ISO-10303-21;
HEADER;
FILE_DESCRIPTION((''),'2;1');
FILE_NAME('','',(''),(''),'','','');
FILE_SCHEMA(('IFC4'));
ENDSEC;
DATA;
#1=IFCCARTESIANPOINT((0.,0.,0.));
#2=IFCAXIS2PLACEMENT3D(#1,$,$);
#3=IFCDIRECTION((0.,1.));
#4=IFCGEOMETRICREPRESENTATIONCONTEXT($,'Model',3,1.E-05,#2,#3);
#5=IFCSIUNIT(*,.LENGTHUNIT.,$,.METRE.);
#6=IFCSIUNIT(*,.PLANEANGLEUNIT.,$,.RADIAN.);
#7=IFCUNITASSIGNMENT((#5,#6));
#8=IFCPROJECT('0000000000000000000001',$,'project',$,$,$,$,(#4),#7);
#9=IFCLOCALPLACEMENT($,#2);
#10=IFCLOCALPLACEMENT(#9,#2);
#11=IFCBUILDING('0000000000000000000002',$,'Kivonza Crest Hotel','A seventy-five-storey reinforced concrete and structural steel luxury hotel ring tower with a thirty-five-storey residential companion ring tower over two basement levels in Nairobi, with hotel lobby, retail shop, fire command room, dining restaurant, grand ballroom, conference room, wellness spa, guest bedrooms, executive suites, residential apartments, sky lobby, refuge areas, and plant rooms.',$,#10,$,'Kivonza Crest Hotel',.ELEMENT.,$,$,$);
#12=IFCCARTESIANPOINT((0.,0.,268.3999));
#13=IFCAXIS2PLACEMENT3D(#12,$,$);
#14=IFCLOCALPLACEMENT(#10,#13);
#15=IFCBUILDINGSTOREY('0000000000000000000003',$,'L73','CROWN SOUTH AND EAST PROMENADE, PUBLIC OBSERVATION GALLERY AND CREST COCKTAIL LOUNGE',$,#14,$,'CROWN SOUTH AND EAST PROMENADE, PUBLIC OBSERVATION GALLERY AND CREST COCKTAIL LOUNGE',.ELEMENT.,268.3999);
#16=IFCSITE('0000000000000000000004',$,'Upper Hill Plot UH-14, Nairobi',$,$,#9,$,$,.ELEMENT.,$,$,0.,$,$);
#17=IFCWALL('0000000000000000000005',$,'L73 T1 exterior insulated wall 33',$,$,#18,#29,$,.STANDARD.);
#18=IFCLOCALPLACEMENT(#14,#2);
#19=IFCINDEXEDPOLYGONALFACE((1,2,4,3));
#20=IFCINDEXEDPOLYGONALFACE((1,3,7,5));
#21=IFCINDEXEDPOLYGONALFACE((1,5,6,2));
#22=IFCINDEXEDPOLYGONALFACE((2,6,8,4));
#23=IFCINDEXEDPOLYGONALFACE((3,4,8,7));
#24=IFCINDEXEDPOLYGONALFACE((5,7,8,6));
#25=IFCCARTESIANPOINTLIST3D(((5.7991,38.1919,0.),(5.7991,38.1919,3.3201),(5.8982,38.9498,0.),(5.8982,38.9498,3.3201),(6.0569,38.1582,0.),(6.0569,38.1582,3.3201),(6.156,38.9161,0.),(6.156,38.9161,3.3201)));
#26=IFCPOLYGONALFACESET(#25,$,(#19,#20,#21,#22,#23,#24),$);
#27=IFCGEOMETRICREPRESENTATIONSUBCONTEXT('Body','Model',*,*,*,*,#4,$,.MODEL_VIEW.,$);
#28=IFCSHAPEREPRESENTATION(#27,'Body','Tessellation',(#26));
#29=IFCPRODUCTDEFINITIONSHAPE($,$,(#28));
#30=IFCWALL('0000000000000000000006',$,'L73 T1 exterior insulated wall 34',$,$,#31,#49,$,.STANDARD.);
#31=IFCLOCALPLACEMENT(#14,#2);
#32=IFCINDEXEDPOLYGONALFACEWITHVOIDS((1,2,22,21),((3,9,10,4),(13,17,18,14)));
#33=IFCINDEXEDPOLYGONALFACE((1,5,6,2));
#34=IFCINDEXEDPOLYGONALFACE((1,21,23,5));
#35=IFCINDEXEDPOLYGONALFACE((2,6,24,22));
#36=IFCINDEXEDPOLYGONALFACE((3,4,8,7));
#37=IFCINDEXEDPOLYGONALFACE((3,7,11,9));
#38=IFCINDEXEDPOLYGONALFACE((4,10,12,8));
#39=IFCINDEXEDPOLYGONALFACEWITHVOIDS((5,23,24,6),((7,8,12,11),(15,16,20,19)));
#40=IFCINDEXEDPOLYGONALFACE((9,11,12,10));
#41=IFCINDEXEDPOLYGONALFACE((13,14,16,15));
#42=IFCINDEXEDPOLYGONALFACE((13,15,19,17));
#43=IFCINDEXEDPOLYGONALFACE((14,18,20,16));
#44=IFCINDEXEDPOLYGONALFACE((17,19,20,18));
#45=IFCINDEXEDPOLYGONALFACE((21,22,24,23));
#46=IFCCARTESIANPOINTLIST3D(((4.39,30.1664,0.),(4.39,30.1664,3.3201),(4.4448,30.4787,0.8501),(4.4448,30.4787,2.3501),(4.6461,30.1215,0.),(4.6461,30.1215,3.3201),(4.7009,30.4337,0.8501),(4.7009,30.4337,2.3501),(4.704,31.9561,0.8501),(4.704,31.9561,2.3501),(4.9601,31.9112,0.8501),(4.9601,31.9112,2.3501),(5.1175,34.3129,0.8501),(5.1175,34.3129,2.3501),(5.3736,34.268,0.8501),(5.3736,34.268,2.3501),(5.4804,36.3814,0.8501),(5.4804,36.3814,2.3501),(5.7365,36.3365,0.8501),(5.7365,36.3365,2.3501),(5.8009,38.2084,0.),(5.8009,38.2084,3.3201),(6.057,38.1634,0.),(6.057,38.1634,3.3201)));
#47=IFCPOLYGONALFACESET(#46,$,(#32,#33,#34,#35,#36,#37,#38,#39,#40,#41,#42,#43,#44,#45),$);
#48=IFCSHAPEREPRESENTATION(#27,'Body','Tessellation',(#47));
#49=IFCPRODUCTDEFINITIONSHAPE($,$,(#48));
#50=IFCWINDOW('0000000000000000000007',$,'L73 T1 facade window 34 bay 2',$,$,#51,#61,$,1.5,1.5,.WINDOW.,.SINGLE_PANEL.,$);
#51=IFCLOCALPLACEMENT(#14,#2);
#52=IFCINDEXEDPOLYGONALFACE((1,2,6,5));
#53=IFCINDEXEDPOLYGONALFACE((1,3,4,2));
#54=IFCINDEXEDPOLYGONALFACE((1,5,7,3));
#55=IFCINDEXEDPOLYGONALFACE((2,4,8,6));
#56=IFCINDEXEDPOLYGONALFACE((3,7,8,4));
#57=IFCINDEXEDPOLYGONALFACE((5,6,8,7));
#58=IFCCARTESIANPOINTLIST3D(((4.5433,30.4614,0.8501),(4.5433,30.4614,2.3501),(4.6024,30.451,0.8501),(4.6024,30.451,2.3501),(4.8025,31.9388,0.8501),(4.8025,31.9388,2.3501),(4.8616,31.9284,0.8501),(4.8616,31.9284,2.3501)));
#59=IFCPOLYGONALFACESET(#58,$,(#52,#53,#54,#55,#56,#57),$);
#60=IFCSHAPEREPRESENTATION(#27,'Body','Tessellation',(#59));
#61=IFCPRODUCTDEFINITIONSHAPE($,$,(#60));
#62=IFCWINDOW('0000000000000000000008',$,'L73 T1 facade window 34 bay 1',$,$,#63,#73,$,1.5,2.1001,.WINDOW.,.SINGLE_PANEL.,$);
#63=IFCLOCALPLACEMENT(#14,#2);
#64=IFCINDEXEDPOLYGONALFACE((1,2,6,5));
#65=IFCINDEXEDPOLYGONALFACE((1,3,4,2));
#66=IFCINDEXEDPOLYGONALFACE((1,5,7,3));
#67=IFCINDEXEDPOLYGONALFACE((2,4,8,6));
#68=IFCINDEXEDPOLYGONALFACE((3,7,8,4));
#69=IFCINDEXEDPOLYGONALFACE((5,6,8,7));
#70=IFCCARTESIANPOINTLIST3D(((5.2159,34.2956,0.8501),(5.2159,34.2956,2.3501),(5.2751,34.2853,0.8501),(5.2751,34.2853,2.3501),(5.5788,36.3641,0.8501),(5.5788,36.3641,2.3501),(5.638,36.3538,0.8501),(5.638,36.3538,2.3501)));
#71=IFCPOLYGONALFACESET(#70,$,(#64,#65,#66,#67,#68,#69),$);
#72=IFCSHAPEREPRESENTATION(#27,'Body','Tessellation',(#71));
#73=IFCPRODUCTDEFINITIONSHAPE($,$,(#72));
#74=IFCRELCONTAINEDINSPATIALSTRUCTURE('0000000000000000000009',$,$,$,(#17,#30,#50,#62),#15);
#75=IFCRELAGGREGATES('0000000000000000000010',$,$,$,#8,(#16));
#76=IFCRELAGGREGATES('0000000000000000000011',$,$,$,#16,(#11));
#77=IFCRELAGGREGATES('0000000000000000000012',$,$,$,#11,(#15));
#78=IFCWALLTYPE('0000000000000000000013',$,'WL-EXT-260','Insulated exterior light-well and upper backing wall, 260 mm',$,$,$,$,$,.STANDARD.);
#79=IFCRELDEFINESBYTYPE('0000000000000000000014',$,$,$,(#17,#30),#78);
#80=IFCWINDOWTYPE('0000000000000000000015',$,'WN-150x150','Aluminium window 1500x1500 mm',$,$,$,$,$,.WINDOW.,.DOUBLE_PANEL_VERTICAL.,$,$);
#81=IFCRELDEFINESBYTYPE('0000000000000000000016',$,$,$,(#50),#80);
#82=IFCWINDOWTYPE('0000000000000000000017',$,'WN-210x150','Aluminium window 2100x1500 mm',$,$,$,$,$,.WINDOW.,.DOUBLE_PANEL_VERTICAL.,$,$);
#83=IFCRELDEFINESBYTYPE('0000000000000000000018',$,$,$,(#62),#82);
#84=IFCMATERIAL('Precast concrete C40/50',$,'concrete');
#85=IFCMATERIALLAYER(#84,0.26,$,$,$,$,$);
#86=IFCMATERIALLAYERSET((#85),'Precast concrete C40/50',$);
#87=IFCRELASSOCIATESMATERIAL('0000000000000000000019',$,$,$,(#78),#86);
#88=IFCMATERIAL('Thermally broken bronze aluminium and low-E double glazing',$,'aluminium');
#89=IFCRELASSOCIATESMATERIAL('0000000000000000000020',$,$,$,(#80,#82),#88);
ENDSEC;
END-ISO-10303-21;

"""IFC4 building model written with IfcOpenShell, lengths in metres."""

from ifc_helpers import new_model, si_unit, direction, frame, frame_2d, origin, place, context, subcontext, project, spatial, rectangle, extrude, material, layer, layer_set, type_object, element, fill, save


model = new_model("IFC4")

# Units and contexts
model_context = context("Model", 3, precision=1e-05, world=origin(), true_north=direction((0.0, 1.0)))
body_context = subcontext(model_context, "Body", "Model", "MODEL_VIEW")
ifc_project = project(units=[si_unit("LENGTHUNIT", "METRE"), si_unit("PLANEANGLEUNIT", "RADIAN")], contexts=[model_context])

# Site, building, storey
site_placement = place(None, origin())
site = spatial("IfcSite", under=ifc_project, at=site_placement, Name="Upper Hill Plot UH-14, Nairobi", CompositionType="ELEMENT", RefElevation=0.0)
building_placement = place(site_placement, origin())
building = spatial("IfcBuilding", under=site, at=building_placement, Name="Kivonza Crest Hotel", Description="A seventy-five-storey reinforced concrete and structural steel luxury hotel ring tower with a thirty-five-storey residential companion ring tower over two basement levels in Nairobi, with hotel lobby, retail shop, fire command room, dining restaurant, grand ballroom, conference room, wellness spa, guest bedrooms, executive suites, residential apartments, sky lobby, refuge areas, and plant rooms.", LongName="Kivonza Crest Hotel", CompositionType="ELEMENT")
storey_placement = place(building_placement, frame((0.0, 0.0, 268.3999)))
storey = spatial("IfcBuildingStorey", under=building, at=storey_placement, Name="L73", Description="CROWN SOUTH AND EAST PROMENADE, PUBLIC OBSERVATION GALLERY AND CREST COCKTAIL LOUNGE", LongName="CROWN SOUTH AND EAST PROMENADE, PUBLIC OBSERVATION GALLERY AND CREST COCKTAIL LOUNGE", CompositionType="ELEMENT", Elevation=268.3999)

# Wall
ifc_material_1 = material(Name="Precast concrete C40/50", Category="concrete")
ifc_layer_1 = layer(ifc_material_1, 0.26)
ifc_layer_set_1 = layer_set([ifc_layer_1], Name="Precast concrete C40/50")
wall_type_1 = type_object("IfcWallType", Name="WL-EXT-260", Description="Insulated exterior light-well and upper backing wall, 260 mm", PredefinedType="STANDARD", material=ifc_layer_set_1)
wall_1_placement = place(storey_placement, frame((6.0271, 38.9331, 0.0), z_axis=(0.0, 0.0, 1.0), x_axis=(-0.129653, -0.991559, 0.0)))
element("IfcWall", 1, at=wall_1_placement, inside=storey, type_object=wall_type_1, Name="L73 T1 exterior insulated wall 33", PredefinedType="STANDARD", context=body_context, shape_type="SweptSolid", body=[
    extrude(rectangle(XDim=0.7644, YDim=0.26, at=frame_2d((0.3823, 0.0))), origin(), (0.0, 0.0, 1.0), 3.3201),
])

# Wall, openings, windows
wall_2_placement = place(storey_placement, frame((5.929, 38.186, 0.0), z_axis=(0.0, 0.0, 1.0), x_axis=(-0.172801, -0.984957, 0.0)))
wall_2 = element("IfcWall", 2, at=wall_2_placement, inside=storey, type_object=wall_type_1, Name="L73 T1 exterior insulated wall 34", PredefinedType="STANDARD", context=body_context, shape_type="SweptSolid", body=[
    extrude(rectangle(XDim=8.1648, YDim=0.26, at=frame_2d((4.0825, 0.0))), origin(), (0.0, 0.0, 1.0), 3.3201),
])
opening_1_placement = place(wall_2_placement, frame((1.855, 0.0, 0.8501)))
opening_1 = element("IfcOpeningElement", 3, at=opening_1_placement, cuts=wall_2, PredefinedType="OPENING", context=body_context, shape_type="SweptSolid", body=[
    extrude(rectangle(XDim=2.1001, YDim=1.5, at=frame_2d((1.05, 0.75))), frame((0.0, 0.1401, 0.0), z_axis=(0.0, -1.0, 0.0), x_axis=(1.0, 0.0, 0.0)), (0.0, 0.0, 1.0), 0.28),
])
opening_2_placement = place(wall_2_placement, frame((6.3479, 0.0, 0.8501)))
opening_2 = element("IfcOpeningElement", 4, at=opening_2_placement, cuts=wall_2, PredefinedType="OPENING", context=body_context, shape_type="SweptSolid", body=[
    extrude(rectangle(XDim=1.5, YDim=1.5, at=frame_2d((0.75, 0.75))), frame((0.0, 0.1401, 0.0), z_axis=(0.0, -1.0, 0.0), x_axis=(1.0, 0.0, 0.0)), (0.0, 0.0, 1.0), 0.28),
])
ifc_material_2 = material(Name="Thermally broken bronze aluminium and low-E double glazing", Category="aluminium")
window_type_1 = type_object("IfcWindowType", Name="WN-150x150", Description="Aluminium window 1500x1500 mm", PartitioningType="DOUBLE_PANEL_VERTICAL", PredefinedType="WINDOW", material=ifc_material_2)
window_1_placement = place(opening_2_placement, origin())
window_1 = element("IfcWindow", 5, at=window_1_placement, inside=storey, type_object=window_type_1, Name="L73 T1 facade window 34 bay 2", OverallHeight=1.5, OverallWidth=1.5, PartitioningType="SINGLE_PANEL", PredefinedType="WINDOW", context=body_context, shape_type="SweptSolid", body=[
    extrude(rectangle(XDim=1.5, YDim=1.5, at=frame_2d((0.75, 0.75))), frame((0.0, 0.03, 0.0), z_axis=(0.0, -1.0, 0.0), x_axis=(1.0, 0.0, 0.0)), (0.0, 0.0, 1.0), 0.0601),
])
fill(opening_2, window_1)
window_type_2 = type_object("IfcWindowType", Name="WN-210x150", Description="Aluminium window 2100x1500 mm", PartitioningType="DOUBLE_PANEL_VERTICAL", PredefinedType="WINDOW", material=ifc_material_2)
window_2_placement = place(opening_1_placement, origin())
window_2 = element("IfcWindow", 6, at=window_2_placement, inside=storey, type_object=window_type_2, Name="L73 T1 facade window 34 bay 1", OverallHeight=1.5, OverallWidth=2.1001, PartitioningType="SINGLE_PANEL", PredefinedType="WINDOW", context=body_context, shape_type="SweptSolid", body=[
    extrude(rectangle(XDim=2.1001, YDim=1.5, at=frame_2d((1.05, 0.75))), frame((0.0, 0.03, 0.0), z_axis=(0.0, -1.0, 0.0), x_axis=(1.0, 0.0, 0.0)), (0.0, 0.0, 1.0), 0.0601),
])
fill(opening_1, window_2)

save(model, "model.ifc")
